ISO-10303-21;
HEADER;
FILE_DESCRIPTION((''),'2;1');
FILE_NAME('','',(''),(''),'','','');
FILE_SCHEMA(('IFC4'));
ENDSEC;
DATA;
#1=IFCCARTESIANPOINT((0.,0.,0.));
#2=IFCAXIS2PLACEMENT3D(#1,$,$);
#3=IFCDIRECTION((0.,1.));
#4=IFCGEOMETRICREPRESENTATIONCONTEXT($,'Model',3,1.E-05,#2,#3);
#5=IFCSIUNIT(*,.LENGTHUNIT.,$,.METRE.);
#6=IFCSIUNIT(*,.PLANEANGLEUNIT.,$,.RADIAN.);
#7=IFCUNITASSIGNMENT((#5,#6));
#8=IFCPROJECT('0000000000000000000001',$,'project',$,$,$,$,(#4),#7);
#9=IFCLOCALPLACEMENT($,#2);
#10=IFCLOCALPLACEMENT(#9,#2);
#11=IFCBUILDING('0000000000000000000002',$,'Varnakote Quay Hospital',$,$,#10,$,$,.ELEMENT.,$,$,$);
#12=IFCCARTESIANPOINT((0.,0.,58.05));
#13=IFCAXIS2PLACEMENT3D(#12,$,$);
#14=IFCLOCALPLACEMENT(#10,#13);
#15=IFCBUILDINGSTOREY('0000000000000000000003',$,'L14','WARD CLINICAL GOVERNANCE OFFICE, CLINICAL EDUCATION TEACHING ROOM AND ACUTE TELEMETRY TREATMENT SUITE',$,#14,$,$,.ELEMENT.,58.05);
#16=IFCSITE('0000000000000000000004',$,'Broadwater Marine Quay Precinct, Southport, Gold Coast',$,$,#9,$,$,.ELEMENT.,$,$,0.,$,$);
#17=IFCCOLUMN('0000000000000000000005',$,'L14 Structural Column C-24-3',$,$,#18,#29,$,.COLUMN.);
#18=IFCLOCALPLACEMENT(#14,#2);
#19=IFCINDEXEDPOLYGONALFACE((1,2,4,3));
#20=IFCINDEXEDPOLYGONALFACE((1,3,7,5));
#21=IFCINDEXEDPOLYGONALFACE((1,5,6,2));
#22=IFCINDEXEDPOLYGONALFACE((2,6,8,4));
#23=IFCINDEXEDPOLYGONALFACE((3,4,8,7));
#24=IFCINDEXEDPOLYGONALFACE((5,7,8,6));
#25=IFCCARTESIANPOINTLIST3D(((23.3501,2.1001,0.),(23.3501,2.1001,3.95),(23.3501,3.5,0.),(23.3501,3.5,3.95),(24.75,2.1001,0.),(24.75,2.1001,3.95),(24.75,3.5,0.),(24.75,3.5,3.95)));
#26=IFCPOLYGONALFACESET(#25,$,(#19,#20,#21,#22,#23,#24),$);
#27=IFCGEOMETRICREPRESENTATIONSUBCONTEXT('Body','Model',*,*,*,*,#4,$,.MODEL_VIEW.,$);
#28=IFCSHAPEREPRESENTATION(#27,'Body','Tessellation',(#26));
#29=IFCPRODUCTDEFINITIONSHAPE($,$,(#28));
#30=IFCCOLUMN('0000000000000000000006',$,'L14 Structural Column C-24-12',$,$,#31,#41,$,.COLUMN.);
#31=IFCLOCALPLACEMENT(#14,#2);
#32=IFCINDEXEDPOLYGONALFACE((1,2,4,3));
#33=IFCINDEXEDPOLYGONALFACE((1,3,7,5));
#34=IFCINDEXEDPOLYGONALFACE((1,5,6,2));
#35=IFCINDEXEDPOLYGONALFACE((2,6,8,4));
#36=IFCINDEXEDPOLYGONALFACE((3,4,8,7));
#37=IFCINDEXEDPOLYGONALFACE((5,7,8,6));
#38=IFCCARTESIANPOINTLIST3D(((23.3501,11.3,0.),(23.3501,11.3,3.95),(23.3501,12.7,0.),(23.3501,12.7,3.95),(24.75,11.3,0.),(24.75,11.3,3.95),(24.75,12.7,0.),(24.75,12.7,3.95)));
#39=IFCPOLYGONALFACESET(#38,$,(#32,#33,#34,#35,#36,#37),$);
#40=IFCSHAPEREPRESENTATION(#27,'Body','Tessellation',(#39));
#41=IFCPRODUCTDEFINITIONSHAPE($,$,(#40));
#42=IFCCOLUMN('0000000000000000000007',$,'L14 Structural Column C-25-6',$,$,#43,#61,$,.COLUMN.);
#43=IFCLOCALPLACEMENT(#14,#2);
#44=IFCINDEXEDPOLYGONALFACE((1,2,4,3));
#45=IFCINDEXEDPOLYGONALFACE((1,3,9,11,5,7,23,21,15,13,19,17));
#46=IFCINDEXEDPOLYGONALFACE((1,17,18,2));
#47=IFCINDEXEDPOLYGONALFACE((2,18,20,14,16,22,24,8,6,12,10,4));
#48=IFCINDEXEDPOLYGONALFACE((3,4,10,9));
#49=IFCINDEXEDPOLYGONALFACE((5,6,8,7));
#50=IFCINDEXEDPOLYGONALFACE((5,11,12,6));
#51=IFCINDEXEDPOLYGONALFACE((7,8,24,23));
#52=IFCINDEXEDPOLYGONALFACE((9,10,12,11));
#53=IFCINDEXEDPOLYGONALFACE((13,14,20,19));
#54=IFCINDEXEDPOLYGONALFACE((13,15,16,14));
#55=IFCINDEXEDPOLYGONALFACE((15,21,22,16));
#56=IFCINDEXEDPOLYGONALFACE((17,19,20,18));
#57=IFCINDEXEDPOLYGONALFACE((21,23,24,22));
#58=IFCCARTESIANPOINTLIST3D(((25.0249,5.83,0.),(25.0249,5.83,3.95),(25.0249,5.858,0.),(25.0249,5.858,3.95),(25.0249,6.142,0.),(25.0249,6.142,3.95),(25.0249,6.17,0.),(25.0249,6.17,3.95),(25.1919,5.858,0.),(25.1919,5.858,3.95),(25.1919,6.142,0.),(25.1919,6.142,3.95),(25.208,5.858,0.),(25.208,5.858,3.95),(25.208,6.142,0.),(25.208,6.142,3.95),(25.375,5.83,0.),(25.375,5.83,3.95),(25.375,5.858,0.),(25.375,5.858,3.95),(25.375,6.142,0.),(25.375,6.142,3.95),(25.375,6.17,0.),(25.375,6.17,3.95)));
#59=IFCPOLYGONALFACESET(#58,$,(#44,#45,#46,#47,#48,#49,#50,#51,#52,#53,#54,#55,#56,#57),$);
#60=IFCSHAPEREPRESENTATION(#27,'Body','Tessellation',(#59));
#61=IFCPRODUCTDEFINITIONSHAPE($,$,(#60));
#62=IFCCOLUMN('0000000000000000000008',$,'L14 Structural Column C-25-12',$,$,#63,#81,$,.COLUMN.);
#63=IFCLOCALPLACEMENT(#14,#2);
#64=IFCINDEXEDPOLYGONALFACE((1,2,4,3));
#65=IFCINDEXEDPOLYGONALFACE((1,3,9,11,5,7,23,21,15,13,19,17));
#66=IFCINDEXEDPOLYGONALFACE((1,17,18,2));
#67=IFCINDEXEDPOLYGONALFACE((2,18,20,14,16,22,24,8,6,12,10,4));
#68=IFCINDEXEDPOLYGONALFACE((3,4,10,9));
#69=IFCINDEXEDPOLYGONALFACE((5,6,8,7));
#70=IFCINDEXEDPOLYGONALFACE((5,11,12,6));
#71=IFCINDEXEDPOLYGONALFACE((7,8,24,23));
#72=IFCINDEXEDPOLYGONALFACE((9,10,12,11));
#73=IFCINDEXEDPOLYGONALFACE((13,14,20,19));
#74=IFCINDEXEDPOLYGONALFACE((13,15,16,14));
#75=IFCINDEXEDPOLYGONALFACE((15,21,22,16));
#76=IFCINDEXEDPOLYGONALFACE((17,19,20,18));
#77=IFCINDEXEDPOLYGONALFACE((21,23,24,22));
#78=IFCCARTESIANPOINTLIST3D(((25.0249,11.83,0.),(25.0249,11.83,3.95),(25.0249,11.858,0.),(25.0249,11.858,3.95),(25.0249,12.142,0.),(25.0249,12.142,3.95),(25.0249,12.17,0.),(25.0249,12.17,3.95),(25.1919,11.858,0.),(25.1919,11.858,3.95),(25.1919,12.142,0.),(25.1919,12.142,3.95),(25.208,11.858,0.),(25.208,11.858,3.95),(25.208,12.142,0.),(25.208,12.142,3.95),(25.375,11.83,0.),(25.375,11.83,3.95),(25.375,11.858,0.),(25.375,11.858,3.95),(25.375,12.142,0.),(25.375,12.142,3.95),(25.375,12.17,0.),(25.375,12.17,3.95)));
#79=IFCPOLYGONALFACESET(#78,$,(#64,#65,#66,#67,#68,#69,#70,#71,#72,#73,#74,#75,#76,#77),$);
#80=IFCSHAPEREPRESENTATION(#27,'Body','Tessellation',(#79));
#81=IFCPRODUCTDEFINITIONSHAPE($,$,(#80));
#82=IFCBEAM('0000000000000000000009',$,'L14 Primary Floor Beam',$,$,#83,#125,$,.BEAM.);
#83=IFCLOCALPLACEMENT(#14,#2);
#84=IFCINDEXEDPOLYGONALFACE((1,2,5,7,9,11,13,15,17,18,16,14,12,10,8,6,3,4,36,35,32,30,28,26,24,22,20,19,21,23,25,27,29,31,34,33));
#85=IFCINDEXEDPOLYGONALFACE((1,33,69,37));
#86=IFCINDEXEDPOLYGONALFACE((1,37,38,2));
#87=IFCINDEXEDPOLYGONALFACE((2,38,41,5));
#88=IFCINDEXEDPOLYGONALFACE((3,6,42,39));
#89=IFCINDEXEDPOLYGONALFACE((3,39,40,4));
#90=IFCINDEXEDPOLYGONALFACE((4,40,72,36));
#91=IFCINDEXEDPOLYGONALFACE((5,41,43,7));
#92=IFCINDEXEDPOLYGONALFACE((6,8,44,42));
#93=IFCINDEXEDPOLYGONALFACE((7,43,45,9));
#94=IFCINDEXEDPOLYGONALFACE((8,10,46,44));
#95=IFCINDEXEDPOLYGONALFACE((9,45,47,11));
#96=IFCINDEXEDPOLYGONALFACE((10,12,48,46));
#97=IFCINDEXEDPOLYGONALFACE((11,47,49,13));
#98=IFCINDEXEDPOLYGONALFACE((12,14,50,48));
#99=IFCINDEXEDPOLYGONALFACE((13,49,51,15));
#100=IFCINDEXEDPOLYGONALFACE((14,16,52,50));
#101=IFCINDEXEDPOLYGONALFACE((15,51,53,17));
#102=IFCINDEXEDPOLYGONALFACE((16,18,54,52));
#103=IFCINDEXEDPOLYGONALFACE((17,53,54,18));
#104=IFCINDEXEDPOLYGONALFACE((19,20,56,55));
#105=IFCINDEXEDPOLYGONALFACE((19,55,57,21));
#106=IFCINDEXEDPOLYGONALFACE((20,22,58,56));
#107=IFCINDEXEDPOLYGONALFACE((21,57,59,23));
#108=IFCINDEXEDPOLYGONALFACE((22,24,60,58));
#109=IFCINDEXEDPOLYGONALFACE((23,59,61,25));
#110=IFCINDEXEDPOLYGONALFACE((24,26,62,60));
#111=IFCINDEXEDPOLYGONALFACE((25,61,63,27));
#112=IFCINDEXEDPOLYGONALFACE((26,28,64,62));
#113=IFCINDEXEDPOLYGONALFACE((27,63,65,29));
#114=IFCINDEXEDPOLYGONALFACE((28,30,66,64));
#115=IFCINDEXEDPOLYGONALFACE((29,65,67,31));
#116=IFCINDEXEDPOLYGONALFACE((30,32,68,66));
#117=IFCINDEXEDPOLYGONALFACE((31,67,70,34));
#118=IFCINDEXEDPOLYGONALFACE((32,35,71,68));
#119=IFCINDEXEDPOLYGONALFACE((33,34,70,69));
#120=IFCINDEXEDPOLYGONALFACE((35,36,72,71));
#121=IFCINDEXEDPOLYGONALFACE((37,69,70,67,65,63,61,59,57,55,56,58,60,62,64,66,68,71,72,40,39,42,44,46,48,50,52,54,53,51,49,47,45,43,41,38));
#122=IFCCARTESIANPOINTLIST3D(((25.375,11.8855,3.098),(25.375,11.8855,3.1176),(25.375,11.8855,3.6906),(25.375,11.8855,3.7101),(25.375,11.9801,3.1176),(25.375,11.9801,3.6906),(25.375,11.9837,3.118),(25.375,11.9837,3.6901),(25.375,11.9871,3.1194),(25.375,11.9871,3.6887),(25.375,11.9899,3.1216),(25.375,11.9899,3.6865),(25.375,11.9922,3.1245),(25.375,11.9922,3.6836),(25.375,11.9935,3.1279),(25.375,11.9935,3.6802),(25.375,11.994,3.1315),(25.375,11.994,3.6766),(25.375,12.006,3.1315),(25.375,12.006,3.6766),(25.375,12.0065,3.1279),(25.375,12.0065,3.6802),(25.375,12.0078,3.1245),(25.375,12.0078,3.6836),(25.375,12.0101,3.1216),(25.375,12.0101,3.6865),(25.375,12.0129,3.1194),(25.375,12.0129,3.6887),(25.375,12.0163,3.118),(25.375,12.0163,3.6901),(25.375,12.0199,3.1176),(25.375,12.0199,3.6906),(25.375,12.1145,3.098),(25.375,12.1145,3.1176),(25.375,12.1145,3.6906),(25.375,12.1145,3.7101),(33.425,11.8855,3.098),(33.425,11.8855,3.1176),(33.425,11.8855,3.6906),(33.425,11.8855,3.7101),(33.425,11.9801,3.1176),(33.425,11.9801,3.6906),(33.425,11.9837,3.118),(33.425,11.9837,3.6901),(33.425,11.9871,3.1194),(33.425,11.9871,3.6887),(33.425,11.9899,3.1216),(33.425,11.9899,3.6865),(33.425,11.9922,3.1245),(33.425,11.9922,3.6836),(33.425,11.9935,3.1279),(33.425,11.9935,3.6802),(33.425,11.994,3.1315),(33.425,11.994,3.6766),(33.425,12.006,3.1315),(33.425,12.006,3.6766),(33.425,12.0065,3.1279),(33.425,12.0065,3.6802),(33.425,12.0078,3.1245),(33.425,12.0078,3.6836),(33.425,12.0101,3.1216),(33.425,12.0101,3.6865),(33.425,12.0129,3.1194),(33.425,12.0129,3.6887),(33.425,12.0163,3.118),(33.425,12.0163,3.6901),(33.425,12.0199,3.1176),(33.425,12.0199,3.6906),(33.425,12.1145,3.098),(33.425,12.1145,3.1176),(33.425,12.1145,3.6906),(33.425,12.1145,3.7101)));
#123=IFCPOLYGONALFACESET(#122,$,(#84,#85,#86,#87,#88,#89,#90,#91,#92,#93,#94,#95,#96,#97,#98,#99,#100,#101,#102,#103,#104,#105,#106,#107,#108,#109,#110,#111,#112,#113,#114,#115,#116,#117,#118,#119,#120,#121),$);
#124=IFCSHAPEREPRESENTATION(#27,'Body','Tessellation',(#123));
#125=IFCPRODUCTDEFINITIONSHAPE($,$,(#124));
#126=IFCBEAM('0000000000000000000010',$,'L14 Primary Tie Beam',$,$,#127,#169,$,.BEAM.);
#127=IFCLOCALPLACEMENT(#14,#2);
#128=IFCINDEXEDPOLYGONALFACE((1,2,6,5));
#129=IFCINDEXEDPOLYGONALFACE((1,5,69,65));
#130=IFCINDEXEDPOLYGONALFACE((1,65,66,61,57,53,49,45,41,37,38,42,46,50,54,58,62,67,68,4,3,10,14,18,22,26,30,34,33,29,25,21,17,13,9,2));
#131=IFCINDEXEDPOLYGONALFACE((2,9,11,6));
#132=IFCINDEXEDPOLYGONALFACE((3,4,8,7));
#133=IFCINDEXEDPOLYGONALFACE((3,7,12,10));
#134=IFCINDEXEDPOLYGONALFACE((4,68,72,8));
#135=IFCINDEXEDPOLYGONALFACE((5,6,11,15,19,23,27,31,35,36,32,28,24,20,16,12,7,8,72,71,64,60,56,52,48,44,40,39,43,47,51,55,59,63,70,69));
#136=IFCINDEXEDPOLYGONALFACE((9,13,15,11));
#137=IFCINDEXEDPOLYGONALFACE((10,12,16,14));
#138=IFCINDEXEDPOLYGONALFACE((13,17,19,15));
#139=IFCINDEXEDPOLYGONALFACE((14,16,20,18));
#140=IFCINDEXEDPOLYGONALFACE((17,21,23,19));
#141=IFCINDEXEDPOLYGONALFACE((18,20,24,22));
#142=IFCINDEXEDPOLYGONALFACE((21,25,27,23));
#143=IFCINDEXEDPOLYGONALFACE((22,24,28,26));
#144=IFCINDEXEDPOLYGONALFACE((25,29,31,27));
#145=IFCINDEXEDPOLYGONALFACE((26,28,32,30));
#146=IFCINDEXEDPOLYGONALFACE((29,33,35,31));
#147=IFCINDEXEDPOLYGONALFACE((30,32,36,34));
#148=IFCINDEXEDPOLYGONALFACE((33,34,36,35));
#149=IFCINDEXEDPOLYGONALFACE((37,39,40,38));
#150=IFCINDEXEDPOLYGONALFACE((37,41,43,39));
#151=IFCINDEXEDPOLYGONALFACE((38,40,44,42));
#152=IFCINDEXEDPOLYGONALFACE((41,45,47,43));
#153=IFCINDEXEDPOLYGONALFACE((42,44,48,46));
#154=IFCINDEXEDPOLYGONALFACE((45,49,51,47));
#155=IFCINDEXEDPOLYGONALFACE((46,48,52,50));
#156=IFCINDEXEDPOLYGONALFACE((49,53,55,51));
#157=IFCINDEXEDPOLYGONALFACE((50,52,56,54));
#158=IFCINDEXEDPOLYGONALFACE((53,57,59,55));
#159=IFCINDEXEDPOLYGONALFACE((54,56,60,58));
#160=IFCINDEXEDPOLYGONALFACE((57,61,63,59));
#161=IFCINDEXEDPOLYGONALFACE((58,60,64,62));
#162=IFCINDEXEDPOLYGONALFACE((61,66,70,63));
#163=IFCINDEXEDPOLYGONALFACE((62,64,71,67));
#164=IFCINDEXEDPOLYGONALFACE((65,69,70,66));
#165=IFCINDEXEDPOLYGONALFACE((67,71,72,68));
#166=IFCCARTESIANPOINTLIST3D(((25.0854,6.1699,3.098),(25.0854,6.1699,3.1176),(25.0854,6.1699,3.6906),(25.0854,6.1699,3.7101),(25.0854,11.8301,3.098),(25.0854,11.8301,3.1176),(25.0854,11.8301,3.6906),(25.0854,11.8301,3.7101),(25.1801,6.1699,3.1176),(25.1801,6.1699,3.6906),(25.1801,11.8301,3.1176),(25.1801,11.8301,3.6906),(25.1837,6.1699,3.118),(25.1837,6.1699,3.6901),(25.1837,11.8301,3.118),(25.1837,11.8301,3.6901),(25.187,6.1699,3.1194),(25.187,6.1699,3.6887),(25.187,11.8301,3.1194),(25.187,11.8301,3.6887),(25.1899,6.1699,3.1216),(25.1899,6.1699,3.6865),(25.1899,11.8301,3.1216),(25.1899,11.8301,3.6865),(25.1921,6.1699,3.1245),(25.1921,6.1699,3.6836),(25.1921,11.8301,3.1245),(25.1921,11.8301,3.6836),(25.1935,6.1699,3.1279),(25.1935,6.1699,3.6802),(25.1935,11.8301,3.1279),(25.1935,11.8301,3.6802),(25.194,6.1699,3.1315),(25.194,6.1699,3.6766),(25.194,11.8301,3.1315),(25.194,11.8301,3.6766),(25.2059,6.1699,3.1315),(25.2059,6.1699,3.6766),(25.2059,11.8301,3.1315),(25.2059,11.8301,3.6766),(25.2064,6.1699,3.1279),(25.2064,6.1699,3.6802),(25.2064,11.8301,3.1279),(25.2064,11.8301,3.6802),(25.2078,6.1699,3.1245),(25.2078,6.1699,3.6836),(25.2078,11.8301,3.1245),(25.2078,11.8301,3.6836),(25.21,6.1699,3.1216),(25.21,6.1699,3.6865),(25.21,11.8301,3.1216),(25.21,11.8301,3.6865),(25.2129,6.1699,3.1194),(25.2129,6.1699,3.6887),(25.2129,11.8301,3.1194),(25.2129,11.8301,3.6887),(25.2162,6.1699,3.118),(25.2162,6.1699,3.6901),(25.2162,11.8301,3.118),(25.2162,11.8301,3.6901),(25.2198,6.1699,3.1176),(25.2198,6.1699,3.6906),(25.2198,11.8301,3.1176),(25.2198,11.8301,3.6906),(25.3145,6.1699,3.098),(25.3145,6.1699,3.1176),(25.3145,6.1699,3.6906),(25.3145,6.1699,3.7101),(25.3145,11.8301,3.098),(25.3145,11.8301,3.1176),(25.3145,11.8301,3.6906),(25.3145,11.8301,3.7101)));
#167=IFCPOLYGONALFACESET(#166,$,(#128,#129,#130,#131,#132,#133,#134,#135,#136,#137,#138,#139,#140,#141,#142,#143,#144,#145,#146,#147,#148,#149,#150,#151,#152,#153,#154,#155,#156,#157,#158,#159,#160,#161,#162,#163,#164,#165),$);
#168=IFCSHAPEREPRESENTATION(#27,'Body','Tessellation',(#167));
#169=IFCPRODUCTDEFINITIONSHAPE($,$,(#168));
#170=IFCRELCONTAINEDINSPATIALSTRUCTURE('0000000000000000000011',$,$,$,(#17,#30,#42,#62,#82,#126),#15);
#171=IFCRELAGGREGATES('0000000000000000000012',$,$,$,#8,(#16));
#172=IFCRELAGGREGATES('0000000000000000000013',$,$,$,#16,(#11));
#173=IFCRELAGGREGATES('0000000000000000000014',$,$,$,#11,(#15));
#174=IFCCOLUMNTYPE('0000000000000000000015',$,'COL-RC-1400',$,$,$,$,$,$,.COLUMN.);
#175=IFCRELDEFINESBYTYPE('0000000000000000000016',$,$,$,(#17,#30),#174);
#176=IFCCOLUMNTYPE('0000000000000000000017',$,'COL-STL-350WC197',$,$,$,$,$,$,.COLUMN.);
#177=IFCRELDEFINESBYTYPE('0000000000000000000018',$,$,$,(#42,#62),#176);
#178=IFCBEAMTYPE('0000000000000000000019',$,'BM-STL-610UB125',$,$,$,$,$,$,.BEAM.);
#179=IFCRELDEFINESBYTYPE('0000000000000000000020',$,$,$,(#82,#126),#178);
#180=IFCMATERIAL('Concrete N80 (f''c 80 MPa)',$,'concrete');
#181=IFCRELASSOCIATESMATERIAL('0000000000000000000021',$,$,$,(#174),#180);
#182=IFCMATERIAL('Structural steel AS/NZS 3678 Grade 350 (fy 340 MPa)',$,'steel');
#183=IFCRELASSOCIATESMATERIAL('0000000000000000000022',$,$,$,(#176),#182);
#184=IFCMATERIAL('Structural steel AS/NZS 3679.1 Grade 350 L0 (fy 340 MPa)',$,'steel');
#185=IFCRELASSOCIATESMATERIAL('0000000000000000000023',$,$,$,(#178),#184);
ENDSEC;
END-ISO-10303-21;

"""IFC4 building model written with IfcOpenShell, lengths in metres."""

from ifc_helpers import new_model, si_unit, direction, frame, origin, origin_2d, place, context, subcontext, project, spatial, rectangle, i_section, extrude, material, material_profile, profile_set, type_object, element, save


model = new_model("IFC4")

# Units and contexts
model_context = context("Model", 3, precision=1e-05, world=origin(), true_north=direction((0.0, 1.0)))
body_context = subcontext(model_context, "Body", "Model", "MODEL_VIEW")
ifc_project = project(units=[si_unit("LENGTHUNIT", "METRE"), si_unit("PLANEANGLEUNIT", "RADIAN")], contexts=[model_context])

# Site, building, storey
site_placement = place(None, origin())
site = spatial("IfcSite", under=ifc_project, at=site_placement, Name="Broadwater Marine Quay Precinct, Southport, Gold Coast", CompositionType="ELEMENT", RefElevation=0.0)
building_placement = place(site_placement, origin())
building = spatial("IfcBuilding", under=site, at=building_placement, Name="Varnakote Quay Hospital", CompositionType="ELEMENT")
storey_placement = place(building_placement, frame((0.0, 0.0, 58.05)))
storey = spatial("IfcBuildingStorey", under=building, at=storey_placement, Name="L14", Description="WARD CLINICAL GOVERNANCE OFFICE, CLINICAL EDUCATION TEACHING ROOM AND ACUTE TELEMETRY TREATMENT SUITE", CompositionType="ELEMENT", Elevation=58.05)

# Columns
ifc_material_1 = material(Name="Concrete N80 (f'c 80 MPa)", Category="concrete")
ifc_material_profile_1 = material_profile(ifc_material_1, rectangle(XDim=1.3999, YDim=1.3999, at=origin_2d()), Name="RC-COL-1400x1400")
ifc_profile_set_1 = profile_set([ifc_material_profile_1], Name="Concrete N80 (f'c 80 MPa)")
column_type_1 = type_object("IfcColumnType", Name="COL-RC-1400", PredefinedType="COLUMN", material=ifc_profile_set_1)
for number, where, z_axis, x_axis, name in (
    (1, (24.05, 2.8, 0.0), (0.0, 0.0, 1.0), (1.0, 0.0, 0.0), "L14 Structural Column C-24-3"),
    (2, (24.05, 12.0, 0.0), (0.0, 0.0, 1.0), (1.0, 0.0, 0.0), "L14 Structural Column C-24-12"),
):
    element("IfcColumn", number, at=place(storey_placement, frame(where, z_axis=z_axis, x_axis=x_axis)), inside=storey, type_object=column_type_1, Name=name, PredefinedType="COLUMN", context=body_context, shape_type="SweptSolid", body=[
        extrude(rectangle(XDim=1.3999, YDim=1.3999, at=origin_2d()), origin(), (0.0, 0.0, 1.0), 3.95),
    ])
ifc_material_2 = material(Name="Structural steel AS/NZS 3678 Grade 350 (fy 340 MPa)", Category="steel")
ifc_material_profile_2 = material_profile(ifc_material_2, i_section(OverallWidth=0.3501, OverallDepth=0.3401, WebThickness=0.0161, FlangeThickness=0.0281, at=origin_2d()), Name="350WC197")
ifc_profile_set_2 = profile_set([ifc_material_profile_2], Name="Structural steel AS/NZS 3678 Grade 350 (fy 340 MPa)")
column_type_2 = type_object("IfcColumnType", Name="COL-STL-350WC197", PredefinedType="COLUMN", material=ifc_profile_set_2)
for number, where, z_axis, x_axis, name in (
    (3, (25.2, 6.0, 0.0), (0.0, 0.0, 1.0), (1.0, 0.0, 0.0), "L14 Structural Column C-25-6"),
    (4, (25.2, 12.0, 0.0), (0.0, 0.0, 1.0), (1.0, 0.0, 0.0), "L14 Structural Column C-25-12"),
):
    element("IfcColumn", number, at=place(storey_placement, frame(where, z_axis=z_axis, x_axis=x_axis)), inside=storey, type_object=column_type_2, Name=name, PredefinedType="COLUMN", context=body_context, shape_type="SweptSolid", body=[
        extrude(i_section(OverallWidth=0.3501, OverallDepth=0.3401, WebThickness=0.0161, FlangeThickness=0.0281, at=origin_2d()), origin(), (0.0, 0.0, 1.0), 3.95),
    ])

# Beams
ifc_material_3 = material(Name="Structural steel AS/NZS 3679.1 Grade 350 L0 (fy 340 MPa)", Category="steel")
ifc_material_profile_3 = material_profile(ifc_material_3, i_section(OverallWidth=0.229, OverallDepth=0.6121, WebThickness=0.012, FlangeThickness=0.0195, FilletRadius=0.0139, at=origin_2d()), Name="610UB125")
ifc_profile_set_3 = profile_set([ifc_material_profile_3], Name="Structural steel AS/NZS 3679.1 Grade 350 L0 (fy 340 MPa)")
beam_type_1 = type_object("IfcBeamType", Name="BM-STL-610UB125", PredefinedType="BEAM", material=ifc_profile_set_3)
beam_1_placement = place(storey_placement, frame((25.375, 12.0, 3.4041), z_axis=(1.0, 0.0, 0.0), x_axis=(0.0, 1.0, 0.0)))
element("IfcBeam", 5, at=beam_1_placement, inside=storey, type_object=beam_type_1, Name="L14 Primary Floor Beam", PredefinedType="BEAM", context=body_context, shape_type="SweptSolid", body=[
    extrude(i_section(OverallWidth=0.229, OverallDepth=0.6121, WebThickness=0.012, FlangeThickness=0.0195, FilletRadius=0.0139, at=origin_2d()), origin(), (0.0, 0.0, 1.0), 8.05),
])
beam_2_placement = place(storey_placement, frame((25.2, 6.1699, 3.4041), z_axis=(0.0, 1.0, 0.0), x_axis=(-1.0, 0.0, 0.0)))
element("IfcBeam", 6, at=beam_2_placement, inside=storey, type_object=beam_type_1, Name="L14 Primary Tie Beam", PredefinedType="BEAM", context=body_context, shape_type="SweptSolid", body=[
    extrude(i_section(OverallWidth=0.229, OverallDepth=0.6121, WebThickness=0.012, FlangeThickness=0.0195, FilletRadius=0.0139, at=origin_2d()), origin(), (0.0, 0.0, 1.0), 5.6602),
])

save(model, "model.ifc")
